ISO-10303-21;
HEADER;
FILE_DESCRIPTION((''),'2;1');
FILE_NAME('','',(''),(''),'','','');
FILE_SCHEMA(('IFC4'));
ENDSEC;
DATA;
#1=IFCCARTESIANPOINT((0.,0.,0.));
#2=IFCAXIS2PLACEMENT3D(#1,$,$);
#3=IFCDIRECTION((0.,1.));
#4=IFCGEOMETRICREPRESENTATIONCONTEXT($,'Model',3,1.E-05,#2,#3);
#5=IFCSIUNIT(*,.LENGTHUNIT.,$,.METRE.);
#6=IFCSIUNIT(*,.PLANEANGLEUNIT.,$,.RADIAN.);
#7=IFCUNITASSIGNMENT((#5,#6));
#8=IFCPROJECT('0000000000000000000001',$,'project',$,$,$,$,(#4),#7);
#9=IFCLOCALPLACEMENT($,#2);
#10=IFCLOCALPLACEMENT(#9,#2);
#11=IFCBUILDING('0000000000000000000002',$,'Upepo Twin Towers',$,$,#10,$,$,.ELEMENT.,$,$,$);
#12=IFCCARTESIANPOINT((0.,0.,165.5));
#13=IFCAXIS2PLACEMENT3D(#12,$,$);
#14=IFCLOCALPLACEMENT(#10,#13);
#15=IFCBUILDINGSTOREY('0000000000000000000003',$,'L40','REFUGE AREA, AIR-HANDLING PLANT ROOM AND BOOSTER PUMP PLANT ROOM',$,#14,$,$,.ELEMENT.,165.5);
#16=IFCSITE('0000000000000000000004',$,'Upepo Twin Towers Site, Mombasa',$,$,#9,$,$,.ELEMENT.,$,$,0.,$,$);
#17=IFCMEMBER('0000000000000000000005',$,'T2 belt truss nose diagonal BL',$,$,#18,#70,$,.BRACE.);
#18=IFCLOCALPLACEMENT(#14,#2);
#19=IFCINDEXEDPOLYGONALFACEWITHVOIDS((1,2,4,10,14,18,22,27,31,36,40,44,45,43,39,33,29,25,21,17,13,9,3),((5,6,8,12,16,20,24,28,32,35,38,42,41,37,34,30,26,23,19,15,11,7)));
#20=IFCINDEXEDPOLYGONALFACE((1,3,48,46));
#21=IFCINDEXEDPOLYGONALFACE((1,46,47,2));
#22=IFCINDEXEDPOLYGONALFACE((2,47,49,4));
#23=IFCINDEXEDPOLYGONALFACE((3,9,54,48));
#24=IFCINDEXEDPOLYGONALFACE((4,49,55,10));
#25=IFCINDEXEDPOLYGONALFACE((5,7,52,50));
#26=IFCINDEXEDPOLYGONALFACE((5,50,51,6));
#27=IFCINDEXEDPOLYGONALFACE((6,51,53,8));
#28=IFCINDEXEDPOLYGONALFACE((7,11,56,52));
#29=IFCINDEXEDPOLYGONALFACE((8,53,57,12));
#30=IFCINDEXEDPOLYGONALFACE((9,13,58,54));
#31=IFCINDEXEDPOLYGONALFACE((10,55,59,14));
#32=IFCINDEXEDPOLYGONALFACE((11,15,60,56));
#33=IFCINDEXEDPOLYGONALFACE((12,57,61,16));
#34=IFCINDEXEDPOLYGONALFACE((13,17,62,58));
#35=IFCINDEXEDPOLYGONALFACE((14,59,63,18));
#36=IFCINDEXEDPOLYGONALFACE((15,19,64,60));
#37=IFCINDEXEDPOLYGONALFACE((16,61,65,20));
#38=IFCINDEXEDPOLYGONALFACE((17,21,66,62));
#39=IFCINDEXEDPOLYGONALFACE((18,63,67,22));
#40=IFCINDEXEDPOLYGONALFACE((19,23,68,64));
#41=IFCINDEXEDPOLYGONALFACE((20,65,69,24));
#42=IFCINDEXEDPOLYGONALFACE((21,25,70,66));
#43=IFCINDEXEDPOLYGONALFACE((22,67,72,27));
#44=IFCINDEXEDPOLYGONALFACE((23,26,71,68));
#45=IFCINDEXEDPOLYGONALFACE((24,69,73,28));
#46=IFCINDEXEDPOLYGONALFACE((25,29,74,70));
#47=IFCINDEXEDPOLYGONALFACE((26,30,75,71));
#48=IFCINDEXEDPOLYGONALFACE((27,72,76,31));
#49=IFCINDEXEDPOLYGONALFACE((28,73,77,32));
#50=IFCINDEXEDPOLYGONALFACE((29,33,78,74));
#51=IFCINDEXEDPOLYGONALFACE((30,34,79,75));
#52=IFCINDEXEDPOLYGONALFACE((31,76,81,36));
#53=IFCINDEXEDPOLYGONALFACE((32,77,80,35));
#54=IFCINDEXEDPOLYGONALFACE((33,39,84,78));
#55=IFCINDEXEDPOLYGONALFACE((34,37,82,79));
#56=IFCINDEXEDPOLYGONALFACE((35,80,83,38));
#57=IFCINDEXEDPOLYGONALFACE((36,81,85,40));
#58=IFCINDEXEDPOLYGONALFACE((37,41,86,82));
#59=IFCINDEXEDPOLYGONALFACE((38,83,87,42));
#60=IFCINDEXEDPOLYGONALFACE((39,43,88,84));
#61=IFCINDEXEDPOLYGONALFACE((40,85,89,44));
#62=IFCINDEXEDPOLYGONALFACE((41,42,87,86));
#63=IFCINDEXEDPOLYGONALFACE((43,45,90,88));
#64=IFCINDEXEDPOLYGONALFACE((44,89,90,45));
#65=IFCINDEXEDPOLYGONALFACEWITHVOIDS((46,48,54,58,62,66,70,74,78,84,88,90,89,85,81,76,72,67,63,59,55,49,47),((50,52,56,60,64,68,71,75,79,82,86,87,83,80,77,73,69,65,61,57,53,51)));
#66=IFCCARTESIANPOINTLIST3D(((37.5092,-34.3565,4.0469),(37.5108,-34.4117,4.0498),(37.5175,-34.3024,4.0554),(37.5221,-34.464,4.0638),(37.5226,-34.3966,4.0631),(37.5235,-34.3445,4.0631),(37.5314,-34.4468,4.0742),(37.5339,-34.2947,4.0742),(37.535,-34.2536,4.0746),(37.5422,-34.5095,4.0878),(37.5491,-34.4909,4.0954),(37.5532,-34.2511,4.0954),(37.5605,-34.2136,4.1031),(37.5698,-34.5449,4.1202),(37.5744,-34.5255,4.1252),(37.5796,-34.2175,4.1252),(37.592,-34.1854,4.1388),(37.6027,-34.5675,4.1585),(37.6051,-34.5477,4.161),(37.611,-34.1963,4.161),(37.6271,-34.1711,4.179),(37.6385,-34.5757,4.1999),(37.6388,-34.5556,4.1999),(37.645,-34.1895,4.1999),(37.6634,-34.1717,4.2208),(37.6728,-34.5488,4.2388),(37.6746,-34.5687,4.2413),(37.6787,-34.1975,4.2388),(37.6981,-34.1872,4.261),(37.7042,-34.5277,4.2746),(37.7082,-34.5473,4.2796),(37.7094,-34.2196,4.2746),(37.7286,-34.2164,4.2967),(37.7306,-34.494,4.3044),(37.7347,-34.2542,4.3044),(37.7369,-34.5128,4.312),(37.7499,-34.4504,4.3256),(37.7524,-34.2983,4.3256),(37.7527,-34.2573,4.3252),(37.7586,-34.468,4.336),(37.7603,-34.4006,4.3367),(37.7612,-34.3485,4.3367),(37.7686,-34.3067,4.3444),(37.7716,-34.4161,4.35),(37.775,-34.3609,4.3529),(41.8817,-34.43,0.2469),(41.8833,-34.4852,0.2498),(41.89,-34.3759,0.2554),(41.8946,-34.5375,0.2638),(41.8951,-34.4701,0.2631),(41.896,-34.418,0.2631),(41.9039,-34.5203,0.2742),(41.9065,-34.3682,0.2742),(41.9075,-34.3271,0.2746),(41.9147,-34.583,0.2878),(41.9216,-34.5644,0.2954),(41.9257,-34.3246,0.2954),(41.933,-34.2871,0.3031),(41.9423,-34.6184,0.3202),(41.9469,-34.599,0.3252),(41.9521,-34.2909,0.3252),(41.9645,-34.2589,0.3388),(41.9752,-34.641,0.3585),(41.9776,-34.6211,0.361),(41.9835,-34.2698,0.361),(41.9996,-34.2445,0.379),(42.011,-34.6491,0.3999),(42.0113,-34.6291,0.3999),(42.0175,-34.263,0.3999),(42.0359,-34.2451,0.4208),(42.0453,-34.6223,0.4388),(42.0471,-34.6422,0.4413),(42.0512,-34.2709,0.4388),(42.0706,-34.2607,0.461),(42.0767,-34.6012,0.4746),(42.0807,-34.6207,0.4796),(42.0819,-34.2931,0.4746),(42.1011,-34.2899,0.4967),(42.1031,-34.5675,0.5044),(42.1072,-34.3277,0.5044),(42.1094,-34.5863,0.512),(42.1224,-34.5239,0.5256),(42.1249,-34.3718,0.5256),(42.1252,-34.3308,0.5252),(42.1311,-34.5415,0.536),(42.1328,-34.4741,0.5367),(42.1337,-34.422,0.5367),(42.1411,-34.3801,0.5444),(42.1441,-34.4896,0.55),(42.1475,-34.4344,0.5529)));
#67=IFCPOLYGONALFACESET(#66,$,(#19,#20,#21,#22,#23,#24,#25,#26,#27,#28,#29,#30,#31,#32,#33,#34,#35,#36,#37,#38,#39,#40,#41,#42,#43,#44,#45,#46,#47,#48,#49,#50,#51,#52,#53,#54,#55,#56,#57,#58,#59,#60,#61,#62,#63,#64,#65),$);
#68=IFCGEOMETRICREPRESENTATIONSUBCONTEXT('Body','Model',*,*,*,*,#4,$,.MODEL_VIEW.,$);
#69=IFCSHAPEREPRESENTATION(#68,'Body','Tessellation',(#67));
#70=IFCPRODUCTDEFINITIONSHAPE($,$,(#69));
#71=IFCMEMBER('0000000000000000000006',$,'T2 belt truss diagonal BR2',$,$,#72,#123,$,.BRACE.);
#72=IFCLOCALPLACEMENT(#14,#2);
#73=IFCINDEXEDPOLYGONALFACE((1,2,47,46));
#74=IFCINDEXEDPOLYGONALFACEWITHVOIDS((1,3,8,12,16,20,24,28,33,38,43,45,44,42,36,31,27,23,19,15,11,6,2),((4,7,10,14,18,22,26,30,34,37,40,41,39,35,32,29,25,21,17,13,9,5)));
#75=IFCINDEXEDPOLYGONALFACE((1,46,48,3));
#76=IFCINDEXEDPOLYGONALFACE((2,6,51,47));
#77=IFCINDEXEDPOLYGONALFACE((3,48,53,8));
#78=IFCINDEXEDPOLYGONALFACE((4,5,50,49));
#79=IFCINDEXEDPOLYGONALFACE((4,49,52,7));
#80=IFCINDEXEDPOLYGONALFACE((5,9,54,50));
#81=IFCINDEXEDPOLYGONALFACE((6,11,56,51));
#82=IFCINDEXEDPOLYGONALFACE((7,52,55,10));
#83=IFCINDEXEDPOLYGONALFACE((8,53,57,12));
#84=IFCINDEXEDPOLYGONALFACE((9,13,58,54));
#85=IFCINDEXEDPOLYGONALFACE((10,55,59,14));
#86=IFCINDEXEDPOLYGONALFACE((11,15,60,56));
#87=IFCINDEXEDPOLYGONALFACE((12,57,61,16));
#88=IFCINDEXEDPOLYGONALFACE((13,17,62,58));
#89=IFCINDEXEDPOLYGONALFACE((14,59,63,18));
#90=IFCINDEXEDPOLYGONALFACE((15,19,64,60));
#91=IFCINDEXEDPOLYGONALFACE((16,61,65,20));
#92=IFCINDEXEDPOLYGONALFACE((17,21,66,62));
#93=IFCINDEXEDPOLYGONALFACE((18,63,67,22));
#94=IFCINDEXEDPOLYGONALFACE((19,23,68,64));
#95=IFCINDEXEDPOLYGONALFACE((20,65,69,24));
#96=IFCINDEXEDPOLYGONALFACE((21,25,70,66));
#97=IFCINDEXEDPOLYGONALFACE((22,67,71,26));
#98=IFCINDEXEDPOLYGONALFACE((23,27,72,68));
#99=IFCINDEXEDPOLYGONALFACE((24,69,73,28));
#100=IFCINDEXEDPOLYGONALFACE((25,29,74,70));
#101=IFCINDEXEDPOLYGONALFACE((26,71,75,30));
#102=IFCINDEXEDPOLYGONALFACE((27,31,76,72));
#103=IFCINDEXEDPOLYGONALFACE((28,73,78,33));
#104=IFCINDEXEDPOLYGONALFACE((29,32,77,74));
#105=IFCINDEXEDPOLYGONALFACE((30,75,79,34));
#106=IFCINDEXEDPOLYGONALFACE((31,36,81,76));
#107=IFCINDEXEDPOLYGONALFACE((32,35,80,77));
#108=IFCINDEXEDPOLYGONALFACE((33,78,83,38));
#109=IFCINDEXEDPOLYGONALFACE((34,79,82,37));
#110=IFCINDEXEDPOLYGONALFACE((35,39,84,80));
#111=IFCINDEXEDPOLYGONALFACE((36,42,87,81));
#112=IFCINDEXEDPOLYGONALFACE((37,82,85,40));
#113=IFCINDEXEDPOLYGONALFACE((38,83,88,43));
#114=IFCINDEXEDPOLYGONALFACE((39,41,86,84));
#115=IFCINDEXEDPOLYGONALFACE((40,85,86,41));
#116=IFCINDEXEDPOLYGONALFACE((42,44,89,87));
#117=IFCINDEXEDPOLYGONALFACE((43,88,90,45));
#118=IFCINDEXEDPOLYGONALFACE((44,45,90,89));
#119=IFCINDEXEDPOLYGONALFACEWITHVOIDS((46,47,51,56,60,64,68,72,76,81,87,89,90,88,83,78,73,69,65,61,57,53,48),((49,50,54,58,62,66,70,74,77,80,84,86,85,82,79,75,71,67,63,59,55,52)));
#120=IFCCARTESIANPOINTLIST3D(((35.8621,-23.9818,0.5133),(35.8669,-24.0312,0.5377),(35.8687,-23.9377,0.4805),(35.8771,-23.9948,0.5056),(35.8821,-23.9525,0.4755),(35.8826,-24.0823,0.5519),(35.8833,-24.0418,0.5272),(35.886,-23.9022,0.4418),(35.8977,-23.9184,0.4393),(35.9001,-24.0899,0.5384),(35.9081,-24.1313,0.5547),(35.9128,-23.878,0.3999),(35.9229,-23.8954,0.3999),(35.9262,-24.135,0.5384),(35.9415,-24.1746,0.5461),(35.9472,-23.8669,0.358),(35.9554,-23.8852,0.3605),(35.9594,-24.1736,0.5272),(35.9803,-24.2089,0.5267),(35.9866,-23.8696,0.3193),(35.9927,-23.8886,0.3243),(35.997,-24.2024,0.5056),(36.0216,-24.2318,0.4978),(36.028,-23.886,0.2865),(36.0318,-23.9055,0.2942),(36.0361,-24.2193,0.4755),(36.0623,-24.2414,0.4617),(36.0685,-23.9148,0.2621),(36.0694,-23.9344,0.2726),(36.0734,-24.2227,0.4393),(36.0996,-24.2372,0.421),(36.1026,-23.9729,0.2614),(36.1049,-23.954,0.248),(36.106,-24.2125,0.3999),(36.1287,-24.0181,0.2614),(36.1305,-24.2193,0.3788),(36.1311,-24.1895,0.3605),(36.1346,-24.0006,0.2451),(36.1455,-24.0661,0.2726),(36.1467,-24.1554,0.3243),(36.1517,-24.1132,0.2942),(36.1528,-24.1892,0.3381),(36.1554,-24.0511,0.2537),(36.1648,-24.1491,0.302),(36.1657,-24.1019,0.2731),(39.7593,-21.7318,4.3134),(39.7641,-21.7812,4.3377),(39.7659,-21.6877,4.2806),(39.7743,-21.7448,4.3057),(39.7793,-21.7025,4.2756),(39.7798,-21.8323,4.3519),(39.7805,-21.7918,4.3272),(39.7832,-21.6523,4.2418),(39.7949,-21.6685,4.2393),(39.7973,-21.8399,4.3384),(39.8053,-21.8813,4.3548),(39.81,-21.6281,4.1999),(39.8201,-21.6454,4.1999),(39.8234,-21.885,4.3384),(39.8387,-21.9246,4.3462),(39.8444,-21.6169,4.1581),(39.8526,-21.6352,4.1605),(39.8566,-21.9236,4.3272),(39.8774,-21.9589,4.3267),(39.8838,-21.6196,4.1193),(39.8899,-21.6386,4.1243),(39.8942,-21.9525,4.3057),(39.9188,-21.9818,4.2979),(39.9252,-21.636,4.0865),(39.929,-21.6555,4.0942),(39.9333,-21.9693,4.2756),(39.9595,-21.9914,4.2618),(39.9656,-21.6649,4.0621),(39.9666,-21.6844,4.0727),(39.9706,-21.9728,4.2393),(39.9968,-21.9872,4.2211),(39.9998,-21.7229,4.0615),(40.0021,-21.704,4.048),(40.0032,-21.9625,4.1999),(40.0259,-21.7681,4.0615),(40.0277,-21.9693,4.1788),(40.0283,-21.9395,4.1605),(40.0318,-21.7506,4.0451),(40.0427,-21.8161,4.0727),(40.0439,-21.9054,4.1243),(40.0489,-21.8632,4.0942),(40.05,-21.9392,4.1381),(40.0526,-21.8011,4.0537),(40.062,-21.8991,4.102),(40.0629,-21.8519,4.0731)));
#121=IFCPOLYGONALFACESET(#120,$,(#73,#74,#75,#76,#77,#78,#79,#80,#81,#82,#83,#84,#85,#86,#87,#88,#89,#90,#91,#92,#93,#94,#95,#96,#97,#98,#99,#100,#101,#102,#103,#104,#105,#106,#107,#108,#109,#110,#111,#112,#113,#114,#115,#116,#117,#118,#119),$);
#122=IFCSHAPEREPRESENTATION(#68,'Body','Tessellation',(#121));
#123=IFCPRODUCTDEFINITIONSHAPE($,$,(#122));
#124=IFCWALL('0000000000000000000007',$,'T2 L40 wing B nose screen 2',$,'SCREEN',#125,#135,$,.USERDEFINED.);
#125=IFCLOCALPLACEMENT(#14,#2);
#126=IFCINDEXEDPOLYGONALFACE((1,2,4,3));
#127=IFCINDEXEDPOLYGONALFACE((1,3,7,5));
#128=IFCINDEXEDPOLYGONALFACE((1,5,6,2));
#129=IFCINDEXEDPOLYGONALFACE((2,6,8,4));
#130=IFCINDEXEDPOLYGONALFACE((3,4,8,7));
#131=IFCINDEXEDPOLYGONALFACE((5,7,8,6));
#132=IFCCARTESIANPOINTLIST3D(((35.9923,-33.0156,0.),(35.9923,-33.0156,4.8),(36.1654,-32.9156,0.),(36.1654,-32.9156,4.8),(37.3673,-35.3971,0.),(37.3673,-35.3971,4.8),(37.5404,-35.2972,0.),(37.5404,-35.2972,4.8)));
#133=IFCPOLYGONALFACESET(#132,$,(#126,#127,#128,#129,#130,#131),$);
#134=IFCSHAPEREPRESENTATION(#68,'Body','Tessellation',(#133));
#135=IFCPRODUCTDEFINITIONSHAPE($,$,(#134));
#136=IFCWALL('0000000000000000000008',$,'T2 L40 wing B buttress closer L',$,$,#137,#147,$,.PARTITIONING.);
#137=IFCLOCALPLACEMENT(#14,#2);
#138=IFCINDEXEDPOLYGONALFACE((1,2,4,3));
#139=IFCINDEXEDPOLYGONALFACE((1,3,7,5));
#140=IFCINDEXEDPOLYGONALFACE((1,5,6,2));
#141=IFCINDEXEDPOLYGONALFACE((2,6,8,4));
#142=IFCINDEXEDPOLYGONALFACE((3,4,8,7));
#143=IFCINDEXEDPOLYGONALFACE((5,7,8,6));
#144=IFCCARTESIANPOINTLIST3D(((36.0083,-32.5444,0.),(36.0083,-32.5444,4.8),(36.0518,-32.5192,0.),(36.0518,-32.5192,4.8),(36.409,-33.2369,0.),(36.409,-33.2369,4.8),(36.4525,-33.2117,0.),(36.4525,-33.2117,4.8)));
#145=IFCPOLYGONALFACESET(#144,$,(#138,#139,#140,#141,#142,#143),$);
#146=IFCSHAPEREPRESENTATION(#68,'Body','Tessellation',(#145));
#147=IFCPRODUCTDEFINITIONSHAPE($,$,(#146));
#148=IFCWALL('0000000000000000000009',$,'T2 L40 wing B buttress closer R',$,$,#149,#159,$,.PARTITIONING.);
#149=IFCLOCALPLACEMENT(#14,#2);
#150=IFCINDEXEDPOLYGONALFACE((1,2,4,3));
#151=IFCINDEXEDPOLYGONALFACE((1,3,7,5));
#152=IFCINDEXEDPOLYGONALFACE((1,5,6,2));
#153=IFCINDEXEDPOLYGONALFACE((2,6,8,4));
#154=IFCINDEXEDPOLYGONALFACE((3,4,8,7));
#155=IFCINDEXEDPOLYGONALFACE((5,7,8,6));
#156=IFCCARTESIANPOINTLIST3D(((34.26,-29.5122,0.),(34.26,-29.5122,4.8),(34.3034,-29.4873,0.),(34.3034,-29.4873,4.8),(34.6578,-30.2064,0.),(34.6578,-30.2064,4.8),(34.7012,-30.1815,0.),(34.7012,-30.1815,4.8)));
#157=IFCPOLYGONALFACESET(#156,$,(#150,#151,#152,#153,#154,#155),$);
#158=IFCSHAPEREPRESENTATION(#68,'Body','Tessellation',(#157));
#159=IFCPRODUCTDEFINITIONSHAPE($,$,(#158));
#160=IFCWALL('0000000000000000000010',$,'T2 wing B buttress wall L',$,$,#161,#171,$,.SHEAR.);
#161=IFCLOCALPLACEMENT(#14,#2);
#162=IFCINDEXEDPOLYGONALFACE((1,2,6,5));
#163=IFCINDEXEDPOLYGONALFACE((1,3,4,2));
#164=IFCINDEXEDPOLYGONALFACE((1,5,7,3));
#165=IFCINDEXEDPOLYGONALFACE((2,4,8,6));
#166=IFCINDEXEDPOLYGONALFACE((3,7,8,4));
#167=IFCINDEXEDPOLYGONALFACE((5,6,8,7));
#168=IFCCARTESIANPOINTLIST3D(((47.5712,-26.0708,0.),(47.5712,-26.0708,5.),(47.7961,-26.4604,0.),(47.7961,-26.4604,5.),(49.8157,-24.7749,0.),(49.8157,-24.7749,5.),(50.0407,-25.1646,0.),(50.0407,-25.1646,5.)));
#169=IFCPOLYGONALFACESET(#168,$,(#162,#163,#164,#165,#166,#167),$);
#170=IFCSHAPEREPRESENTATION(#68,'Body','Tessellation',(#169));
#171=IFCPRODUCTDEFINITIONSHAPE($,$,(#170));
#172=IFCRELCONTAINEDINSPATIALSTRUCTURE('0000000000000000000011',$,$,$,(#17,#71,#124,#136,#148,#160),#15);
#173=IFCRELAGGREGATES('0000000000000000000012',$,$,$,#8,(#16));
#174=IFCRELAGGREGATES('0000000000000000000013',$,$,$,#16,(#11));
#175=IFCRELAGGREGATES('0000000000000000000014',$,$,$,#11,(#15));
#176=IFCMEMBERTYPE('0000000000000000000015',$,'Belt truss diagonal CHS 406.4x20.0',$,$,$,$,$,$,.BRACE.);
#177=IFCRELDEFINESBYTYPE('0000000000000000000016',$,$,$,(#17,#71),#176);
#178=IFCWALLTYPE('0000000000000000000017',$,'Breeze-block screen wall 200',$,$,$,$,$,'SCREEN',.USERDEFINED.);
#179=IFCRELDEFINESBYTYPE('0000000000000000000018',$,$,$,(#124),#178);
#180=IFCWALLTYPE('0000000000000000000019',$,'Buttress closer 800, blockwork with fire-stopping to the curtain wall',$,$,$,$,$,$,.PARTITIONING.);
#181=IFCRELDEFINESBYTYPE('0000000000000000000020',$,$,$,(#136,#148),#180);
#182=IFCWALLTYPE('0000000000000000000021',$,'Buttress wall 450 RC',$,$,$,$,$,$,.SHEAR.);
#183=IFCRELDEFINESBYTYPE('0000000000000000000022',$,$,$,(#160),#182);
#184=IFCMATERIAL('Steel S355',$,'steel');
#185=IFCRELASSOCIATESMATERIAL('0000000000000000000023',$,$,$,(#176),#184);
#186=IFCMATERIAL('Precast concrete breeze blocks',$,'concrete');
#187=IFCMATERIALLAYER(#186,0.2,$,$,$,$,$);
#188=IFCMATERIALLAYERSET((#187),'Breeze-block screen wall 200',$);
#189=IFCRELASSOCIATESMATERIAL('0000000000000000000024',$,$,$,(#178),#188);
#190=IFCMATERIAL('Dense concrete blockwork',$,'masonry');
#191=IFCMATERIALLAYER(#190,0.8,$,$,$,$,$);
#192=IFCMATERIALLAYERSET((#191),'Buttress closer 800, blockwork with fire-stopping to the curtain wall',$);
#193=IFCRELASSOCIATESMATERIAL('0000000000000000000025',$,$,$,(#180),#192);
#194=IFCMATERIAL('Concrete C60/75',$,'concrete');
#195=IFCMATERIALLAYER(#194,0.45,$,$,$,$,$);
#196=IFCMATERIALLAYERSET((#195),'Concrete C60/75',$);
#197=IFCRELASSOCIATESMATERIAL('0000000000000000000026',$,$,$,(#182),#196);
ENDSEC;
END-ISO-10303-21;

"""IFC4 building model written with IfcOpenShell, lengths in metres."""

from ifc_helpers import new_model, si_unit, direction, frame, frame_2d, origin, origin_2d, place, context, subcontext, project, spatial, rectangle, hollow_circle, extrude, material, layer, layer_set, material_profile, profile_set, type_object, element, save


model = new_model("IFC4")

# Units and contexts
model_context = context("Model", 3, precision=1e-05, world=origin(), true_north=direction((0.0, 1.0)))
body_context = subcontext(model_context, "Body", "Model", "MODEL_VIEW")
ifc_project = project(units=[si_unit("LENGTHUNIT", "METRE"), si_unit("PLANEANGLEUNIT", "RADIAN")], contexts=[model_context])

# Site, building, storey
site_placement = place(None, origin())
site = spatial("IfcSite", under=ifc_project, at=site_placement, Name="Upepo Twin Towers Site, Mombasa", CompositionType="ELEMENT", RefElevation=0.0)
building_placement = place(site_placement, origin())
building = spatial("IfcBuilding", under=site, at=building_placement, Name="Upepo Twin Towers", CompositionType="ELEMENT")
storey_placement = place(building_placement, frame((0.0, 0.0, 165.5)))
storey = spatial("IfcBuildingStorey", under=building, at=storey_placement, Name="L40", Description="REFUGE AREA, AIR-HANDLING PLANT ROOM AND BOOSTER PUMP PLANT ROOM", CompositionType="ELEMENT", Elevation=165.5)

# Members
ifc_material_1 = material(Name="Steel S355", Category="steel")
ifc_material_profile_1 = material_profile(ifc_material_1, hollow_circle(Radius=0.2031, WallThickness=0.02, at=origin_2d()), Name="CHS 406.4x20.0")
ifc_profile_set_1 = profile_set([ifc_material_profile_1], Name="Steel S355")
member_type = type_object("IfcMemberType", Name="Belt truss diagonal CHS 406.4x20.0", PredefinedType="BRACE", material=ifc_profile_set_1)
member_1_placement = place(storey_placement, frame((42.0144, -34.446, 0.3999), z_axis=(-0.754731, 0.012684, 0.655912), x_axis=(-0.016804, -0.999859, 0.0)))
element("IfcMember", 1, at=member_1_placement, inside=storey, type_object=member_type, Name="T2 belt truss nose diagonal BL", PredefinedType="BRACE", context=body_context, shape_type="SweptSolid", body=[
    extrude(hollow_circle(Radius=0.2031, WallThickness=0.02, at=origin_2d()), origin(), (0.0, 0.0, 1.0), 5.7935),
])
member_2_placement = place(storey_placement, frame((36.0144, -24.054, 0.3999), z_axis=(0.661676, 0.382009, 0.645178), x_axis=(-0.49999, 0.866031, 0.0)))
element("IfcMember", 2, at=member_2_placement, inside=storey, type_object=member_type, Name="T2 belt truss diagonal BR2", PredefinedType="BRACE", context=body_context, shape_type="SweptSolid", body=[
    extrude(hollow_circle(Radius=0.2031, WallThickness=0.02, at=origin_2d()), origin(), (0.0, 0.0, 1.0), 5.8899),
])

# Walls
ifc_material_2 = material(Name="Precast concrete breeze blocks", Category="concrete")
ifc_layer_1 = layer(ifc_material_2, 0.2)
ifc_layer_set_1 = layer_set([ifc_layer_1], Name="Breeze-block screen wall 200")
wall_type_1 = type_object("IfcWallType", Name="Breeze-block screen wall 200", ElementType="SCREEN", PredefinedType="USERDEFINED", material=ifc_layer_set_1)
wall_1_placement = place(storey_placement, frame((36.0789, -32.9656, 0.0), z_axis=(0.0, 0.0, 1.0), x_axis=(0.499997, -0.866027, 0.0)))
element("IfcWall", 3, at=wall_1_placement, inside=storey, type_object=wall_type_1, Name="T2 L40 wing B nose screen 2", ObjectType="SCREEN", PredefinedType="USERDEFINED", context=body_context, shape_type="SweptSolid", body=[
    extrude(rectangle(XDim=2.75, YDim=0.2, at=frame_2d((1.375, 0.0))), origin(), (0.0, 0.0, 1.0), 4.8),
])
ifc_material_3 = material(Name="Dense concrete blockwork", Category="masonry")
ifc_layer_2 = layer(ifc_material_3, 0.8)
ifc_layer_set_2 = layer_set([ifc_layer_2], Name="Buttress closer 800, blockwork with fire-stopping to the curtain wall")
wall_type_2 = type_object("IfcWallType", Name="Buttress closer 800, blockwork with fire-stopping to the curtain wall", PredefinedType="PARTITIONING", material=ifc_layer_set_2)
wall_2_placement = place(storey_placement, frame((36.2522, -32.8655, 0.0), z_axis=(0.0, 0.0, 1.0), x_axis=(-0.865537, -0.500845, 0.0)))
element("IfcWall", 4, at=wall_2_placement, inside=storey, type_object=wall_type_2, Name="T2 L40 wing B buttress closer L", PredefinedType="PARTITIONING", context=body_context, shape_type="SweptSolid", body=[
    extrude(rectangle(XDim=0.0503, YDim=0.8, at=frame_2d((0.0251, 0.0))), origin(), (0.0, 0.0, 1.0), 4.8),
])
wall_3_placement = place(storey_placement, frame((34.5022, -29.8345, 0.0), z_axis=(0.0, 0.0, 1.0), x_axis=(-0.867643, -0.497188, 0.0)))
element("IfcWall", 5, at=wall_3_placement, inside=storey, type_object=wall_type_2, Name="T2 L40 wing B buttress closer R", PredefinedType="PARTITIONING", context=body_context, shape_type="SweptSolid", body=[
    extrude(rectangle(XDim=0.05, YDim=0.8, at=frame_2d((0.0249, 0.0))), origin(), (0.0, 0.0, 1.0), 4.8),
])
ifc_material_4 = material(Name="Concrete C60/75", Category="concrete")
ifc_layer_3 = layer(ifc_material_4, 0.45)
ifc_layer_set_3 = layer_set([ifc_layer_3], Name="Concrete C60/75")
wall_type_3 = type_object("IfcWallType", Name="Buttress wall 450 RC", PredefinedType="SHEAR", material=ifc_layer_set_3)
wall_4_placement = place(storey_placement, frame((49.9282, -24.9697, 0.0), z_axis=(0.0, 0.0, 1.0), x_axis=(-0.866032, -0.499989, 0.0)))
element("IfcWall", 6, at=wall_4_placement, inside=storey, type_object=wall_type_3, Name="T2 wing B buttress wall L", PredefinedType="SHEAR", context=body_context, shape_type="SweptSolid", body=[
    extrude(rectangle(XDim=2.5918, YDim=0.45, at=frame_2d((1.2959, 0.0))), origin(), (0.0, 0.0, 1.0), 5.0),
])

save(model, "model.ifc")
